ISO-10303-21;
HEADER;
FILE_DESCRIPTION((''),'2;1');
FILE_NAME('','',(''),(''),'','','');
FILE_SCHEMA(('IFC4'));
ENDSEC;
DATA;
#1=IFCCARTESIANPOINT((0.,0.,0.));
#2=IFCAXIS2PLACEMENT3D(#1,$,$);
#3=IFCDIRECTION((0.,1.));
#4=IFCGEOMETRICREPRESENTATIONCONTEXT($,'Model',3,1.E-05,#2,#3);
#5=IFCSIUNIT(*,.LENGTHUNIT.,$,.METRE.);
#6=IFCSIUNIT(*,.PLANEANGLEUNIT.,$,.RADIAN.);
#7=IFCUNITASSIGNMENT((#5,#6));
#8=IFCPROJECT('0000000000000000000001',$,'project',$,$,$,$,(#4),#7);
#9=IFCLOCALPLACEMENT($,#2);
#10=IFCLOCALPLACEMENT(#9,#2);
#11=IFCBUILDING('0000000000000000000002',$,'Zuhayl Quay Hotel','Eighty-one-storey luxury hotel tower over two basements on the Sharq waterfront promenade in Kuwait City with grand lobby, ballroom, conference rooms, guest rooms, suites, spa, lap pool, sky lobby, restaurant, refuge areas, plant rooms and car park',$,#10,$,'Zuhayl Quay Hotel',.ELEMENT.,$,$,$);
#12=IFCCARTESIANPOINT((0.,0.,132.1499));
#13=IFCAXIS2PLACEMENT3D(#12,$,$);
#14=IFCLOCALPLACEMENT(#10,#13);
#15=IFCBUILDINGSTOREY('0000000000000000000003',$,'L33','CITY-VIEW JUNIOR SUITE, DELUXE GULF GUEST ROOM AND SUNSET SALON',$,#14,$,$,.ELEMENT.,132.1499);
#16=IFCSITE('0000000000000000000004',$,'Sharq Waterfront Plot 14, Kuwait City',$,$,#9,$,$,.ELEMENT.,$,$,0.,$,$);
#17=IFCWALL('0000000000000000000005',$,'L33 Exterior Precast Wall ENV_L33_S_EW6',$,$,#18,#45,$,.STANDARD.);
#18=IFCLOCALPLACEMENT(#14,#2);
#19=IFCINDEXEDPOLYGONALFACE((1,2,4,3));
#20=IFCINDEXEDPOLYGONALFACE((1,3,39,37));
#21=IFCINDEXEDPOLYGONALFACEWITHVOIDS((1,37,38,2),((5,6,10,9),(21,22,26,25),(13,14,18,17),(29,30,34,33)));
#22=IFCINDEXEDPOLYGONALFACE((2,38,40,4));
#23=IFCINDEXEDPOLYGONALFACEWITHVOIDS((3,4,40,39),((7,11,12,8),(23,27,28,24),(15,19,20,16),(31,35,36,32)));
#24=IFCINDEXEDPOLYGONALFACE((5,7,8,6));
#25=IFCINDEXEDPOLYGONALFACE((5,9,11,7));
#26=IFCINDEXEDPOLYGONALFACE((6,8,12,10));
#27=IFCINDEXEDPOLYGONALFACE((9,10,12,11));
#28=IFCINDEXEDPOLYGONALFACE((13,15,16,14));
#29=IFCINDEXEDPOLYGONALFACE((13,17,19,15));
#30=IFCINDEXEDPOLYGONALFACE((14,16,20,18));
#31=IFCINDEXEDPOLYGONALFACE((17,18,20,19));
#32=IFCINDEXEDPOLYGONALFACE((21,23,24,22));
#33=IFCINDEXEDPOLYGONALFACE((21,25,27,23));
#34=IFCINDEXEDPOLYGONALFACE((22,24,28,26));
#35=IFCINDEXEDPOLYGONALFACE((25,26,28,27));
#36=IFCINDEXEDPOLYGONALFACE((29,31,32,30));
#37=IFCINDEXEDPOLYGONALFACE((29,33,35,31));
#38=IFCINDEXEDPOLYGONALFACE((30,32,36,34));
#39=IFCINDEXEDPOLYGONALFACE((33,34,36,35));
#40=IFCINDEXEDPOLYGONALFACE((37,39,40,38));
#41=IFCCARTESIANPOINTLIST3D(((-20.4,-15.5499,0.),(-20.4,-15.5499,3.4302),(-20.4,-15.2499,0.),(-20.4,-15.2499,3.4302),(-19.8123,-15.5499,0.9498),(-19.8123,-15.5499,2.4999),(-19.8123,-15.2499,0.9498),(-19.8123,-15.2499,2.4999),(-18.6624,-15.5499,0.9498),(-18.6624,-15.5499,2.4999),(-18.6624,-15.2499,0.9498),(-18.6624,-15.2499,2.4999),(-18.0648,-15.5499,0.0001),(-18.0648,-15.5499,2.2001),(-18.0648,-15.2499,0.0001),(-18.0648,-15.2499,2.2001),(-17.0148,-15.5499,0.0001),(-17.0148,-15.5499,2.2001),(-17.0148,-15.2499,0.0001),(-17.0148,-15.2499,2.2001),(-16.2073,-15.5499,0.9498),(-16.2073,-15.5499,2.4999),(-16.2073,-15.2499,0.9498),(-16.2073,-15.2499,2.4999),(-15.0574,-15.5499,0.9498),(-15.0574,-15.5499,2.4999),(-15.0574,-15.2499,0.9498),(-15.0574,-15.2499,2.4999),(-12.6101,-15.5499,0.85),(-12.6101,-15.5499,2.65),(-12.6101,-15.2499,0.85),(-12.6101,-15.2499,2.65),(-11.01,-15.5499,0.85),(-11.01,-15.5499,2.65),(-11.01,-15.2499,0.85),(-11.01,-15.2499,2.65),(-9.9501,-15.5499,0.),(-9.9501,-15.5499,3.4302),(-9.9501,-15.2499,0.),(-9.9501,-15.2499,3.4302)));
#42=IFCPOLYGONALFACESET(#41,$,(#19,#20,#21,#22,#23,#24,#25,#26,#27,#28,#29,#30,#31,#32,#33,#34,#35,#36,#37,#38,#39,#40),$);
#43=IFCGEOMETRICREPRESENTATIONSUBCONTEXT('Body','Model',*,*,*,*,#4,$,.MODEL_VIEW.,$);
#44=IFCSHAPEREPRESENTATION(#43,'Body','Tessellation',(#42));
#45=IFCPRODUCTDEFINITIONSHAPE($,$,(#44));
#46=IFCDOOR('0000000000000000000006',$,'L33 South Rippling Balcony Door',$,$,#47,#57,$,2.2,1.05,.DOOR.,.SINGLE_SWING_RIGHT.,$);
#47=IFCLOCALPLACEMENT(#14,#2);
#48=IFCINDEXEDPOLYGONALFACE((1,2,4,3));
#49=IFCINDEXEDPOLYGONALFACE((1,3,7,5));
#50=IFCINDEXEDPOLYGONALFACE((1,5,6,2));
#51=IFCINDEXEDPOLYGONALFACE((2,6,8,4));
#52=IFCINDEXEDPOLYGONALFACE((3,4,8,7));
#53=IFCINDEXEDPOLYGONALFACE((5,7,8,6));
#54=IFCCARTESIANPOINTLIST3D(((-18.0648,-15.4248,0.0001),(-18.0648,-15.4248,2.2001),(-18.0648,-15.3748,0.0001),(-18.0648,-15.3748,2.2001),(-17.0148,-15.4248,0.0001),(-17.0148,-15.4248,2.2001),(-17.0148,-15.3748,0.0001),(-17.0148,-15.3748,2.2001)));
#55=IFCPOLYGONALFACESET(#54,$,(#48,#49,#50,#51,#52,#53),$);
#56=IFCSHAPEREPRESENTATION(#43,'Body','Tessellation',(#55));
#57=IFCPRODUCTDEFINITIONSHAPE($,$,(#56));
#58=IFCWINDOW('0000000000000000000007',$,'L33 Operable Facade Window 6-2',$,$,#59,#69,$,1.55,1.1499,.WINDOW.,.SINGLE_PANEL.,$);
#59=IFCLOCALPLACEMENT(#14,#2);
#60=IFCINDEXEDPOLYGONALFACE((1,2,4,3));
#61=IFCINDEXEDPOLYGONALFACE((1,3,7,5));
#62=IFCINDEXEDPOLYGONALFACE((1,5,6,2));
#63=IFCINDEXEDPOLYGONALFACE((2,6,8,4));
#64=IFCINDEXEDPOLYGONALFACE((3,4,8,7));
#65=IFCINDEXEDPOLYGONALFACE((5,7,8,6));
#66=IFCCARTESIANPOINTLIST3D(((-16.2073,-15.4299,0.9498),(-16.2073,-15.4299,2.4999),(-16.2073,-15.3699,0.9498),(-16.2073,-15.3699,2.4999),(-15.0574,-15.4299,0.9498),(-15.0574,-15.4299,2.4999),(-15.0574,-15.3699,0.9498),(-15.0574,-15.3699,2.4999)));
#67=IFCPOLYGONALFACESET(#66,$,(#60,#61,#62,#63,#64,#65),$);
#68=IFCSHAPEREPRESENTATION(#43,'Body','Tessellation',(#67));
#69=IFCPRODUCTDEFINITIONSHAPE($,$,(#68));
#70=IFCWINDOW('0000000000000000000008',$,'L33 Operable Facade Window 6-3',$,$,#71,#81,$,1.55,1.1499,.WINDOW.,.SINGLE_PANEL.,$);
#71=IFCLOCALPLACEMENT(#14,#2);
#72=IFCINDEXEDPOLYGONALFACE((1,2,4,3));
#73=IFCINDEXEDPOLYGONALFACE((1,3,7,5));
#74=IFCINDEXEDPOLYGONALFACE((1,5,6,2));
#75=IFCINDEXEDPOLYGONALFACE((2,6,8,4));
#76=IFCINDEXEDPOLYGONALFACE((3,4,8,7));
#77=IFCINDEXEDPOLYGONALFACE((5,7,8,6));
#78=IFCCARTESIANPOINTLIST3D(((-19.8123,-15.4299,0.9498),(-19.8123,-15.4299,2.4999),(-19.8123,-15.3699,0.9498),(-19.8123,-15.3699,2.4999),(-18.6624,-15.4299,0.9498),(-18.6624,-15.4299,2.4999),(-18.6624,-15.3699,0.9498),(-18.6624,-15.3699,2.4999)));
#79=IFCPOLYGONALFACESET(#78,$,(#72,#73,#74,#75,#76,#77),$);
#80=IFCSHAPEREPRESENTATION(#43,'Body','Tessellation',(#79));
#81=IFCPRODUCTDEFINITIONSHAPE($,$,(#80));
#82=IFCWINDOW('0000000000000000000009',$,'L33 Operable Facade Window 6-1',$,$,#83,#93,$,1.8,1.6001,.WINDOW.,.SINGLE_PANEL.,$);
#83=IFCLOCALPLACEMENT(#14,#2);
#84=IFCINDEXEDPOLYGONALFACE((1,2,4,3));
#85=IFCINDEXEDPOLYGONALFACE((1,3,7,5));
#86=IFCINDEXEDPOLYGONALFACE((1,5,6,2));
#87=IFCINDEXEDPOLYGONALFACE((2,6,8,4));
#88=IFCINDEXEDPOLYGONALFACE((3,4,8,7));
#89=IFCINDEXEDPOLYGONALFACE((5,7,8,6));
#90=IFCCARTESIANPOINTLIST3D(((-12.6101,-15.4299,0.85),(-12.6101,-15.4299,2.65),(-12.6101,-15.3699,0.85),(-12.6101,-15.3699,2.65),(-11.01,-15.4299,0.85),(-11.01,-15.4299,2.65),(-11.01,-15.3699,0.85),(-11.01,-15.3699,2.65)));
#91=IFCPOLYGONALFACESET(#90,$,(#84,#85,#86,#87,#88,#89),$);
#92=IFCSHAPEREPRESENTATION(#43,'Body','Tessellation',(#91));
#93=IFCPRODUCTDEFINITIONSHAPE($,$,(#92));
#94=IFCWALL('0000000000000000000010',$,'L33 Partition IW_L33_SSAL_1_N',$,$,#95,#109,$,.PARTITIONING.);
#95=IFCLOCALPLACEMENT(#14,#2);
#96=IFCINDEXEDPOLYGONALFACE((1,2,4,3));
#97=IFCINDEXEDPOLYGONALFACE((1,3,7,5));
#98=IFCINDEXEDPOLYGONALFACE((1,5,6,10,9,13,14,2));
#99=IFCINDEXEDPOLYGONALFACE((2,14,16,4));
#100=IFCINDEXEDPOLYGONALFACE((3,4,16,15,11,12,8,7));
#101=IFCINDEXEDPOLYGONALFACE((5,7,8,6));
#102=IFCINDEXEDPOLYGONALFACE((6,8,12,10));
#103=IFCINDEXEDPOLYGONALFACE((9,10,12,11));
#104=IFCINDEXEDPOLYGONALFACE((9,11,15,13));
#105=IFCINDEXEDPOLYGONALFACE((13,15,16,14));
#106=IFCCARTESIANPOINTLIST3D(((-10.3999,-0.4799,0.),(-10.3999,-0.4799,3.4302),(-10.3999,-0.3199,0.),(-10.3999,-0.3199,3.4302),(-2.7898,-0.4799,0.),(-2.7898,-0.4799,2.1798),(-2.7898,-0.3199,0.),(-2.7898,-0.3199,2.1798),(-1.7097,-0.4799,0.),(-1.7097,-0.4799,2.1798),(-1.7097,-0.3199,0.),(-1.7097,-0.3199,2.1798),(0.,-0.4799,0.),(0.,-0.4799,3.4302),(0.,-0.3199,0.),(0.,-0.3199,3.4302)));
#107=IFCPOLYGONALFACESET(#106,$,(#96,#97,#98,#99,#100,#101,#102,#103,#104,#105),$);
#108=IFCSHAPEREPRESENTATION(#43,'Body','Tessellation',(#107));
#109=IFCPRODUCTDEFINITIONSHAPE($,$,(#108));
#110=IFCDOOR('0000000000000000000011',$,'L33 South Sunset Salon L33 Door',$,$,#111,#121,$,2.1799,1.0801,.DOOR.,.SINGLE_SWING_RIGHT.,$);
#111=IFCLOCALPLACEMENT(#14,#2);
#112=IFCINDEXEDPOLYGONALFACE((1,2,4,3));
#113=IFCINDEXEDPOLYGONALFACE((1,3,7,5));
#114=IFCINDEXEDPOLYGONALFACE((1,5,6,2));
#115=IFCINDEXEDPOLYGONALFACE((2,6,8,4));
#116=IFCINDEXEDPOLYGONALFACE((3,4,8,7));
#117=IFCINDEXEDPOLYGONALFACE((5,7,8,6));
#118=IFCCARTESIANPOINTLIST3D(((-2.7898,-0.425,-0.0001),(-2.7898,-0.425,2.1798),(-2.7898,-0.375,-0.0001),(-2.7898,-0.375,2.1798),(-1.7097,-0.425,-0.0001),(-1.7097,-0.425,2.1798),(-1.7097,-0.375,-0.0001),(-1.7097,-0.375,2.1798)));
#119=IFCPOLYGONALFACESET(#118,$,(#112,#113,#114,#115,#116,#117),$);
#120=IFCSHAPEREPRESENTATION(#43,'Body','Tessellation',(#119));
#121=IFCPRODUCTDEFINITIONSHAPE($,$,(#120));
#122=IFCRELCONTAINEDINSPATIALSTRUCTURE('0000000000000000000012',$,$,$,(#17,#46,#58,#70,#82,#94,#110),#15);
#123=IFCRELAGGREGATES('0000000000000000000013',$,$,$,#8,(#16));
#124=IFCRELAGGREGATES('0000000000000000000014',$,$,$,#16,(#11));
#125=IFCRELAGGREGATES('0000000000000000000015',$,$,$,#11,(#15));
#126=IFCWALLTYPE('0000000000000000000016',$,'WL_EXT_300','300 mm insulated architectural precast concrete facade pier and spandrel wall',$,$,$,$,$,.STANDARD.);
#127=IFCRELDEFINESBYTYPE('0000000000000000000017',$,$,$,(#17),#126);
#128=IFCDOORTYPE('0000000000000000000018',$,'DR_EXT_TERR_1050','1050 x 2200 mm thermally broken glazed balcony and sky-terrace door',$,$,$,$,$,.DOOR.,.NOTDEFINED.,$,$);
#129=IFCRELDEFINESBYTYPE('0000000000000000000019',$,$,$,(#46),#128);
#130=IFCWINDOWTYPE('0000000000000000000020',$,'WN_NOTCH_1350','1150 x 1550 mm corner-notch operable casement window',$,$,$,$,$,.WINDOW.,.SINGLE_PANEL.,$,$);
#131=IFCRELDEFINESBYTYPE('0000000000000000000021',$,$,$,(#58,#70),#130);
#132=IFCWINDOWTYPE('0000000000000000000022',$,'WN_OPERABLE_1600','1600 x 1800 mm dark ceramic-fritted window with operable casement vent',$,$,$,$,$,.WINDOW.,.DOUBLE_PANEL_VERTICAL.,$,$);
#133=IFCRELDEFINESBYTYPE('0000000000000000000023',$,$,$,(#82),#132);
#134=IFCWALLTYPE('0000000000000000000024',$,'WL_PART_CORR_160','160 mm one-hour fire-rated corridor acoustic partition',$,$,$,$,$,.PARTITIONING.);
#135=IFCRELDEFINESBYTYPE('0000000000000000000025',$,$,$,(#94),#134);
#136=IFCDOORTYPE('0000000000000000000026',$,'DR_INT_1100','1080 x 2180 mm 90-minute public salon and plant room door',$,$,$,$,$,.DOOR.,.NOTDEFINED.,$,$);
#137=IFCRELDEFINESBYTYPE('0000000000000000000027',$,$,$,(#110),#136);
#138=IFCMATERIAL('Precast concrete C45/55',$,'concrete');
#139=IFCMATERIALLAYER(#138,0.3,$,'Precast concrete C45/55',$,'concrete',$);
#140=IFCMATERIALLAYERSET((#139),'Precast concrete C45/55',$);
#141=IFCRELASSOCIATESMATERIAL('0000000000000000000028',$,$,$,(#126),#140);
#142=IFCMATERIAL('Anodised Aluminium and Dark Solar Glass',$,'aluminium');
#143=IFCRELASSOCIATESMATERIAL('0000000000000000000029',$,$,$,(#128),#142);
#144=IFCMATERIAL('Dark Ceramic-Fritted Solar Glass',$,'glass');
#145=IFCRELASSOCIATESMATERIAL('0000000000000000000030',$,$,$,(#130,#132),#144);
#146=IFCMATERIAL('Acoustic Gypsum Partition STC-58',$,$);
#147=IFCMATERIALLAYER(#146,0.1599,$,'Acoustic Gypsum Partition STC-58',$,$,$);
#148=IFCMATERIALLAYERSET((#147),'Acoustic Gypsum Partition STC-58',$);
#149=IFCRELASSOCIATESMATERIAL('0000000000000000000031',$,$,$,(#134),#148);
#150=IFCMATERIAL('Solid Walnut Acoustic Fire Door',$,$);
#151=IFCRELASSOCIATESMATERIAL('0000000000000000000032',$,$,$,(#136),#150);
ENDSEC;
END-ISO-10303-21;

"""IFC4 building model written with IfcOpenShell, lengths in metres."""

from ifc_helpers import new_model, si_unit, direction, frame, frame_2d, origin, place, context, subcontext, project, spatial, rectangle, extrude, material, layer, layer_set, type_object, element, fill, save


model = new_model("IFC4")

# Units and contexts
model_context = context("Model", 3, precision=1e-05, world=origin(), true_north=direction((0.0, 1.0)))
body_context = subcontext(model_context, "Body", "Model", "MODEL_VIEW")
ifc_project = project(units=[si_unit("LENGTHUNIT", "METRE"), si_unit("PLANEANGLEUNIT", "RADIAN")], contexts=[model_context])

# Site, building, storey
site_placement = place(None, origin())
site = spatial("IfcSite", under=ifc_project, at=site_placement, Name="Sharq Waterfront Plot 14, Kuwait City", CompositionType="ELEMENT", RefElevation=0.0)
building_placement = place(site_placement, origin())
building = spatial("IfcBuilding", under=site, at=building_placement, Name="Zuhayl Quay Hotel", Description="Eighty-one-storey luxury hotel tower over two basements on the Sharq waterfront promenade in Kuwait City with grand lobby, ballroom, conference rooms, guest rooms, suites, spa, lap pool, sky lobby, restaurant, refuge areas, plant rooms and car park", LongName="Zuhayl Quay Hotel", CompositionType="ELEMENT")
storey_placement = place(building_placement, frame((0.0, 0.0, 132.1499)))
storey = spatial("IfcBuildingStorey", under=building, at=storey_placement, Name="L33", Description="CITY-VIEW JUNIOR SUITE, DELUXE GULF GUEST ROOM AND SUNSET SALON", CompositionType="ELEMENT", Elevation=132.1499)

# Shared definitions
ifc_material_1 = material(Name="Dark Ceramic-Fritted Solar Glass", Category="glass")

# Shared definitions
ifc_material_2 = material(Name="Precast concrete C45/55", Category="concrete")
ifc_layer_1 = layer(ifc_material_2, 0.3, Name="Precast concrete C45/55", Category="concrete")
ifc_layer_set_1 = layer_set([ifc_layer_1], Name="Precast concrete C45/55")
wall_type_1 = type_object("IfcWallType", Name="WL_EXT_300", Description="300 mm insulated architectural precast concrete facade pier and spandrel wall", PredefinedType="STANDARD", material=ifc_layer_set_1)

# Wall, openings, door, windows
wall_1_placement = place(storey_placement, frame((-9.95, -15.3999, 0.0), z_axis=(0.0, 0.0, 1.0), x_axis=(-1.0, 0.0, 0.0)))
wall_1 = element("IfcWall", 1, at=wall_1_placement, inside=storey, type_object=wall_type_1, Name="L33 Exterior Precast Wall ENV_L33_S_EW6", PredefinedType="STANDARD", context=body_context, shape_type="SweptSolid", body=[
    extrude(rectangle(XDim=10.45, YDim=0.3, at=frame_2d((5.2251, 0.0))), origin(), (0.0, 0.0, 1.0), 3.4302),
])
opening_1_placement = place(wall_1_placement, frame((7.0649, 0.0, 0.0)))
opening_1 = element("IfcOpeningElement", 2, at=opening_1_placement, cuts=wall_1, PredefinedType="OPENING", context=body_context, shape_type="SweptSolid", body=[
    extrude(rectangle(XDim=1.05, YDim=2.2, at=frame_2d((0.5249, 1.1001))), frame((0.0, 0.1599, 0.0), z_axis=(0.0, -1.0, 0.0), x_axis=(1.0, 0.0, 0.0)), (0.0, 0.0, 1.0), 0.3201),
])
opening_2_placement = place(wall_1_placement, frame((1.0601, 0.0, 0.8501)))
opening_2 = element("IfcOpeningElement", 3, at=opening_2_placement, cuts=wall_1, PredefinedType="OPENING", context=body_context, shape_type="SweptSolid", body=[
    extrude(rectangle(XDim=1.6001, YDim=1.8, at=frame_2d((0.8, 0.8999))), frame((0.0, 0.1599, 0.0), z_axis=(0.0, -1.0, 0.0), x_axis=(1.0, 0.0, 0.0)), (0.0, 0.0, 1.0), 0.3201),
])
opening_3_placement = place(wall_1_placement, frame((5.1074, 0.0, 0.95)))
opening_3 = element("IfcOpeningElement", 4, at=opening_3_placement, cuts=wall_1, PredefinedType="OPENING", context=body_context, shape_type="SweptSolid", body=[
    extrude(rectangle(XDim=1.1499, YDim=1.55, at=frame_2d((0.575, 0.7749))), frame((0.0, 0.1599, 0.0), z_axis=(0.0, -1.0, 0.0), x_axis=(1.0, 0.0, 0.0)), (0.0, 0.0, 1.0), 0.3201),
])
opening_4_placement = place(wall_1_placement, frame((8.7124, 0.0, 0.95)))
opening_4 = element("IfcOpeningElement", 5, at=opening_4_placement, cuts=wall_1, PredefinedType="OPENING", context=body_context, shape_type="SweptSolid", body=[
    extrude(rectangle(XDim=1.1499, YDim=1.55, at=frame_2d((0.575, 0.7749))), frame((0.0, 0.1599, 0.0), z_axis=(0.0, -1.0, 0.0), x_axis=(1.0, 0.0, 0.0)), (0.0, 0.0, 1.0), 0.3201),
])
ifc_material_3 = material(Name="Anodised Aluminium and Dark Solar Glass", Category="aluminium")
door_type_1 = type_object("IfcDoorType", Name="DR_EXT_TERR_1050", Description="1050 x 2200 mm thermally broken glazed balcony and sky-terrace door", OperationType="NOTDEFINED", PredefinedType="DOOR", material=ifc_material_3)
door_1_placement = place(opening_1_placement, origin())
door_1 = element("IfcDoor", 6, at=door_1_placement, inside=storey, type_object=door_type_1, Name="L33 South Rippling Balcony Door", OperationType="SINGLE_SWING_RIGHT", OverallHeight=2.2, OverallWidth=1.05, PredefinedType="DOOR", context=body_context, shape_type="SweptSolid", body=[
    extrude(rectangle(XDim=1.05, YDim=2.2, at=frame_2d((0.5249, 1.1001))), frame((0.0, 0.0249, 0.0), z_axis=(0.0, -1.0, 0.0), x_axis=(1.0, 0.0, 0.0)), (0.0, 0.0, 1.0), 0.05),
])
fill(opening_1, door_1)
window_type_1 = type_object("IfcWindowType", Name="WN_NOTCH_1350", Description="1150 x 1550 mm corner-notch operable casement window", PartitioningType="SINGLE_PANEL", PredefinedType="WINDOW", material=ifc_material_1)
window_1_placement = place(opening_3_placement, origin())
window_1 = element("IfcWindow", 7, at=window_1_placement, inside=storey, type_object=window_type_1, Name="L33 Operable Facade Window 6-2", OverallHeight=1.55, OverallWidth=1.1499, PartitioningType="SINGLE_PANEL", PredefinedType="WINDOW", context=body_context, shape_type="SweptSolid", body=[
    extrude(rectangle(XDim=1.1499, YDim=1.55, at=frame_2d((0.575, 0.7749))), frame((0.0, 0.03, 0.0), z_axis=(0.0, -1.0, 0.0), x_axis=(1.0, 0.0, 0.0)), (0.0, 0.0, 1.0), 0.0601),
])
fill(opening_3, window_1)
window_2_placement = place(opening_4_placement, origin())
window_2 = element("IfcWindow", 8, at=window_2_placement, inside=storey, type_object=window_type_1, Name="L33 Operable Facade Window 6-3", OverallHeight=1.55, OverallWidth=1.1499, PartitioningType="SINGLE_PANEL", PredefinedType="WINDOW", context=body_context, shape_type="SweptSolid", body=[
    extrude(rectangle(XDim=1.1499, YDim=1.55, at=frame_2d((0.575, 0.7749))), frame((0.0, 0.03, 0.0), z_axis=(0.0, -1.0, 0.0), x_axis=(1.0, 0.0, 0.0)), (0.0, 0.0, 1.0), 0.0601),
])
fill(opening_4, window_2)
window_type_2 = type_object("IfcWindowType", Name="WN_OPERABLE_1600", Description="1600 x 1800 mm dark ceramic-fritted window with operable casement vent", PartitioningType="DOUBLE_PANEL_VERTICAL", PredefinedType="WINDOW", material=ifc_material_1)
window_3_placement = place(opening_2_placement, origin())
window_3 = element("IfcWindow", 9, at=window_3_placement, inside=storey, type_object=window_type_2, Name="L33 Operable Facade Window 6-1", OverallHeight=1.8, OverallWidth=1.6001, PartitioningType="SINGLE_PANEL", PredefinedType="WINDOW", context=body_context, shape_type="SweptSolid", body=[
    extrude(rectangle(XDim=1.6001, YDim=1.8, at=frame_2d((0.8, 0.8999))), frame((0.0, 0.03, 0.0), z_axis=(0.0, -1.0, 0.0), x_axis=(1.0, 0.0, 0.0)), (0.0, 0.0, 1.0), 0.0601),
])
fill(opening_2, window_3)

# Wall, opening, door
ifc_material_4 = material(Name="Acoustic Gypsum Partition STC-58")
ifc_layer_2 = layer(ifc_material_4, 0.1599, Name="Acoustic Gypsum Partition STC-58")
ifc_layer_set_2 = layer_set([ifc_layer_2], Name="Acoustic Gypsum Partition STC-58")
wall_type_2 = type_object("IfcWallType", Name="WL_PART_CORR_160", Description="160 mm one-hour fire-rated corridor acoustic partition", PredefinedType="PARTITIONING", material=ifc_layer_set_2)
wall_2_placement = place(storey_placement, frame((-10.3999, -0.3999, 0.0), z_axis=(0.0, 0.0, 1.0), x_axis=(1.0, 0.0, 0.0)))
wall_2 = element("IfcWall", 10, at=wall_2_placement, inside=storey, type_object=wall_type_2, Name="L33 Partition IW_L33_SSAL_1_N", PredefinedType="PARTITIONING", context=body_context, shape_type="SweptSolid", body=[
    extrude(rectangle(XDim=10.3999, YDim=0.1599, at=frame_2d((5.2, 0.0))), origin(), (0.0, 0.0, 1.0), 3.4302),
])
opening_5_placement = place(wall_2_placement, frame((7.6101, 0.0, 0.0)))
opening_5 = element("IfcOpeningElement", 11, at=opening_5_placement, cuts=wall_2, PredefinedType="OPENING", context=body_context, shape_type="SweptSolid", body=[
    extrude(rectangle(XDim=1.0801, YDim=2.1799, at=frame_2d((0.54, 1.0898))), frame((0.0, 0.0898, 0.0), z_axis=(0.0, -1.0, 0.0), x_axis=(1.0, 0.0, 0.0)), (0.0, 0.0, 1.0), 0.1799),
])
ifc_material_5 = material(Name="Solid Walnut Acoustic Fire Door")
door_type_2 = type_object("IfcDoorType", Name="DR_INT_1100", Description="1080 x 2180 mm 90-minute public salon and plant room door", OperationType="NOTDEFINED", PredefinedType="DOOR", material=ifc_material_5)
door_2_placement = place(opening_5_placement, origin())
door_2 = element("IfcDoor", 12, at=door_2_placement, inside=storey, type_object=door_type_2, Name="L33 South Sunset Salon L33 Door", OperationType="SINGLE_SWING_RIGHT", OverallHeight=2.1799, OverallWidth=1.0801, PredefinedType="DOOR", context=body_context, shape_type="SweptSolid", body=[
    extrude(rectangle(XDim=1.0801, YDim=2.1799, at=frame_2d((0.54, 1.0898))), frame((0.0, 0.0249, 0.0), z_axis=(0.0, -1.0, 0.0), x_axis=(1.0, 0.0, 0.0)), (0.0, 0.0, 1.0), 0.05),
])
fill(opening_5, door_2)

save(model, "model.ifc")
